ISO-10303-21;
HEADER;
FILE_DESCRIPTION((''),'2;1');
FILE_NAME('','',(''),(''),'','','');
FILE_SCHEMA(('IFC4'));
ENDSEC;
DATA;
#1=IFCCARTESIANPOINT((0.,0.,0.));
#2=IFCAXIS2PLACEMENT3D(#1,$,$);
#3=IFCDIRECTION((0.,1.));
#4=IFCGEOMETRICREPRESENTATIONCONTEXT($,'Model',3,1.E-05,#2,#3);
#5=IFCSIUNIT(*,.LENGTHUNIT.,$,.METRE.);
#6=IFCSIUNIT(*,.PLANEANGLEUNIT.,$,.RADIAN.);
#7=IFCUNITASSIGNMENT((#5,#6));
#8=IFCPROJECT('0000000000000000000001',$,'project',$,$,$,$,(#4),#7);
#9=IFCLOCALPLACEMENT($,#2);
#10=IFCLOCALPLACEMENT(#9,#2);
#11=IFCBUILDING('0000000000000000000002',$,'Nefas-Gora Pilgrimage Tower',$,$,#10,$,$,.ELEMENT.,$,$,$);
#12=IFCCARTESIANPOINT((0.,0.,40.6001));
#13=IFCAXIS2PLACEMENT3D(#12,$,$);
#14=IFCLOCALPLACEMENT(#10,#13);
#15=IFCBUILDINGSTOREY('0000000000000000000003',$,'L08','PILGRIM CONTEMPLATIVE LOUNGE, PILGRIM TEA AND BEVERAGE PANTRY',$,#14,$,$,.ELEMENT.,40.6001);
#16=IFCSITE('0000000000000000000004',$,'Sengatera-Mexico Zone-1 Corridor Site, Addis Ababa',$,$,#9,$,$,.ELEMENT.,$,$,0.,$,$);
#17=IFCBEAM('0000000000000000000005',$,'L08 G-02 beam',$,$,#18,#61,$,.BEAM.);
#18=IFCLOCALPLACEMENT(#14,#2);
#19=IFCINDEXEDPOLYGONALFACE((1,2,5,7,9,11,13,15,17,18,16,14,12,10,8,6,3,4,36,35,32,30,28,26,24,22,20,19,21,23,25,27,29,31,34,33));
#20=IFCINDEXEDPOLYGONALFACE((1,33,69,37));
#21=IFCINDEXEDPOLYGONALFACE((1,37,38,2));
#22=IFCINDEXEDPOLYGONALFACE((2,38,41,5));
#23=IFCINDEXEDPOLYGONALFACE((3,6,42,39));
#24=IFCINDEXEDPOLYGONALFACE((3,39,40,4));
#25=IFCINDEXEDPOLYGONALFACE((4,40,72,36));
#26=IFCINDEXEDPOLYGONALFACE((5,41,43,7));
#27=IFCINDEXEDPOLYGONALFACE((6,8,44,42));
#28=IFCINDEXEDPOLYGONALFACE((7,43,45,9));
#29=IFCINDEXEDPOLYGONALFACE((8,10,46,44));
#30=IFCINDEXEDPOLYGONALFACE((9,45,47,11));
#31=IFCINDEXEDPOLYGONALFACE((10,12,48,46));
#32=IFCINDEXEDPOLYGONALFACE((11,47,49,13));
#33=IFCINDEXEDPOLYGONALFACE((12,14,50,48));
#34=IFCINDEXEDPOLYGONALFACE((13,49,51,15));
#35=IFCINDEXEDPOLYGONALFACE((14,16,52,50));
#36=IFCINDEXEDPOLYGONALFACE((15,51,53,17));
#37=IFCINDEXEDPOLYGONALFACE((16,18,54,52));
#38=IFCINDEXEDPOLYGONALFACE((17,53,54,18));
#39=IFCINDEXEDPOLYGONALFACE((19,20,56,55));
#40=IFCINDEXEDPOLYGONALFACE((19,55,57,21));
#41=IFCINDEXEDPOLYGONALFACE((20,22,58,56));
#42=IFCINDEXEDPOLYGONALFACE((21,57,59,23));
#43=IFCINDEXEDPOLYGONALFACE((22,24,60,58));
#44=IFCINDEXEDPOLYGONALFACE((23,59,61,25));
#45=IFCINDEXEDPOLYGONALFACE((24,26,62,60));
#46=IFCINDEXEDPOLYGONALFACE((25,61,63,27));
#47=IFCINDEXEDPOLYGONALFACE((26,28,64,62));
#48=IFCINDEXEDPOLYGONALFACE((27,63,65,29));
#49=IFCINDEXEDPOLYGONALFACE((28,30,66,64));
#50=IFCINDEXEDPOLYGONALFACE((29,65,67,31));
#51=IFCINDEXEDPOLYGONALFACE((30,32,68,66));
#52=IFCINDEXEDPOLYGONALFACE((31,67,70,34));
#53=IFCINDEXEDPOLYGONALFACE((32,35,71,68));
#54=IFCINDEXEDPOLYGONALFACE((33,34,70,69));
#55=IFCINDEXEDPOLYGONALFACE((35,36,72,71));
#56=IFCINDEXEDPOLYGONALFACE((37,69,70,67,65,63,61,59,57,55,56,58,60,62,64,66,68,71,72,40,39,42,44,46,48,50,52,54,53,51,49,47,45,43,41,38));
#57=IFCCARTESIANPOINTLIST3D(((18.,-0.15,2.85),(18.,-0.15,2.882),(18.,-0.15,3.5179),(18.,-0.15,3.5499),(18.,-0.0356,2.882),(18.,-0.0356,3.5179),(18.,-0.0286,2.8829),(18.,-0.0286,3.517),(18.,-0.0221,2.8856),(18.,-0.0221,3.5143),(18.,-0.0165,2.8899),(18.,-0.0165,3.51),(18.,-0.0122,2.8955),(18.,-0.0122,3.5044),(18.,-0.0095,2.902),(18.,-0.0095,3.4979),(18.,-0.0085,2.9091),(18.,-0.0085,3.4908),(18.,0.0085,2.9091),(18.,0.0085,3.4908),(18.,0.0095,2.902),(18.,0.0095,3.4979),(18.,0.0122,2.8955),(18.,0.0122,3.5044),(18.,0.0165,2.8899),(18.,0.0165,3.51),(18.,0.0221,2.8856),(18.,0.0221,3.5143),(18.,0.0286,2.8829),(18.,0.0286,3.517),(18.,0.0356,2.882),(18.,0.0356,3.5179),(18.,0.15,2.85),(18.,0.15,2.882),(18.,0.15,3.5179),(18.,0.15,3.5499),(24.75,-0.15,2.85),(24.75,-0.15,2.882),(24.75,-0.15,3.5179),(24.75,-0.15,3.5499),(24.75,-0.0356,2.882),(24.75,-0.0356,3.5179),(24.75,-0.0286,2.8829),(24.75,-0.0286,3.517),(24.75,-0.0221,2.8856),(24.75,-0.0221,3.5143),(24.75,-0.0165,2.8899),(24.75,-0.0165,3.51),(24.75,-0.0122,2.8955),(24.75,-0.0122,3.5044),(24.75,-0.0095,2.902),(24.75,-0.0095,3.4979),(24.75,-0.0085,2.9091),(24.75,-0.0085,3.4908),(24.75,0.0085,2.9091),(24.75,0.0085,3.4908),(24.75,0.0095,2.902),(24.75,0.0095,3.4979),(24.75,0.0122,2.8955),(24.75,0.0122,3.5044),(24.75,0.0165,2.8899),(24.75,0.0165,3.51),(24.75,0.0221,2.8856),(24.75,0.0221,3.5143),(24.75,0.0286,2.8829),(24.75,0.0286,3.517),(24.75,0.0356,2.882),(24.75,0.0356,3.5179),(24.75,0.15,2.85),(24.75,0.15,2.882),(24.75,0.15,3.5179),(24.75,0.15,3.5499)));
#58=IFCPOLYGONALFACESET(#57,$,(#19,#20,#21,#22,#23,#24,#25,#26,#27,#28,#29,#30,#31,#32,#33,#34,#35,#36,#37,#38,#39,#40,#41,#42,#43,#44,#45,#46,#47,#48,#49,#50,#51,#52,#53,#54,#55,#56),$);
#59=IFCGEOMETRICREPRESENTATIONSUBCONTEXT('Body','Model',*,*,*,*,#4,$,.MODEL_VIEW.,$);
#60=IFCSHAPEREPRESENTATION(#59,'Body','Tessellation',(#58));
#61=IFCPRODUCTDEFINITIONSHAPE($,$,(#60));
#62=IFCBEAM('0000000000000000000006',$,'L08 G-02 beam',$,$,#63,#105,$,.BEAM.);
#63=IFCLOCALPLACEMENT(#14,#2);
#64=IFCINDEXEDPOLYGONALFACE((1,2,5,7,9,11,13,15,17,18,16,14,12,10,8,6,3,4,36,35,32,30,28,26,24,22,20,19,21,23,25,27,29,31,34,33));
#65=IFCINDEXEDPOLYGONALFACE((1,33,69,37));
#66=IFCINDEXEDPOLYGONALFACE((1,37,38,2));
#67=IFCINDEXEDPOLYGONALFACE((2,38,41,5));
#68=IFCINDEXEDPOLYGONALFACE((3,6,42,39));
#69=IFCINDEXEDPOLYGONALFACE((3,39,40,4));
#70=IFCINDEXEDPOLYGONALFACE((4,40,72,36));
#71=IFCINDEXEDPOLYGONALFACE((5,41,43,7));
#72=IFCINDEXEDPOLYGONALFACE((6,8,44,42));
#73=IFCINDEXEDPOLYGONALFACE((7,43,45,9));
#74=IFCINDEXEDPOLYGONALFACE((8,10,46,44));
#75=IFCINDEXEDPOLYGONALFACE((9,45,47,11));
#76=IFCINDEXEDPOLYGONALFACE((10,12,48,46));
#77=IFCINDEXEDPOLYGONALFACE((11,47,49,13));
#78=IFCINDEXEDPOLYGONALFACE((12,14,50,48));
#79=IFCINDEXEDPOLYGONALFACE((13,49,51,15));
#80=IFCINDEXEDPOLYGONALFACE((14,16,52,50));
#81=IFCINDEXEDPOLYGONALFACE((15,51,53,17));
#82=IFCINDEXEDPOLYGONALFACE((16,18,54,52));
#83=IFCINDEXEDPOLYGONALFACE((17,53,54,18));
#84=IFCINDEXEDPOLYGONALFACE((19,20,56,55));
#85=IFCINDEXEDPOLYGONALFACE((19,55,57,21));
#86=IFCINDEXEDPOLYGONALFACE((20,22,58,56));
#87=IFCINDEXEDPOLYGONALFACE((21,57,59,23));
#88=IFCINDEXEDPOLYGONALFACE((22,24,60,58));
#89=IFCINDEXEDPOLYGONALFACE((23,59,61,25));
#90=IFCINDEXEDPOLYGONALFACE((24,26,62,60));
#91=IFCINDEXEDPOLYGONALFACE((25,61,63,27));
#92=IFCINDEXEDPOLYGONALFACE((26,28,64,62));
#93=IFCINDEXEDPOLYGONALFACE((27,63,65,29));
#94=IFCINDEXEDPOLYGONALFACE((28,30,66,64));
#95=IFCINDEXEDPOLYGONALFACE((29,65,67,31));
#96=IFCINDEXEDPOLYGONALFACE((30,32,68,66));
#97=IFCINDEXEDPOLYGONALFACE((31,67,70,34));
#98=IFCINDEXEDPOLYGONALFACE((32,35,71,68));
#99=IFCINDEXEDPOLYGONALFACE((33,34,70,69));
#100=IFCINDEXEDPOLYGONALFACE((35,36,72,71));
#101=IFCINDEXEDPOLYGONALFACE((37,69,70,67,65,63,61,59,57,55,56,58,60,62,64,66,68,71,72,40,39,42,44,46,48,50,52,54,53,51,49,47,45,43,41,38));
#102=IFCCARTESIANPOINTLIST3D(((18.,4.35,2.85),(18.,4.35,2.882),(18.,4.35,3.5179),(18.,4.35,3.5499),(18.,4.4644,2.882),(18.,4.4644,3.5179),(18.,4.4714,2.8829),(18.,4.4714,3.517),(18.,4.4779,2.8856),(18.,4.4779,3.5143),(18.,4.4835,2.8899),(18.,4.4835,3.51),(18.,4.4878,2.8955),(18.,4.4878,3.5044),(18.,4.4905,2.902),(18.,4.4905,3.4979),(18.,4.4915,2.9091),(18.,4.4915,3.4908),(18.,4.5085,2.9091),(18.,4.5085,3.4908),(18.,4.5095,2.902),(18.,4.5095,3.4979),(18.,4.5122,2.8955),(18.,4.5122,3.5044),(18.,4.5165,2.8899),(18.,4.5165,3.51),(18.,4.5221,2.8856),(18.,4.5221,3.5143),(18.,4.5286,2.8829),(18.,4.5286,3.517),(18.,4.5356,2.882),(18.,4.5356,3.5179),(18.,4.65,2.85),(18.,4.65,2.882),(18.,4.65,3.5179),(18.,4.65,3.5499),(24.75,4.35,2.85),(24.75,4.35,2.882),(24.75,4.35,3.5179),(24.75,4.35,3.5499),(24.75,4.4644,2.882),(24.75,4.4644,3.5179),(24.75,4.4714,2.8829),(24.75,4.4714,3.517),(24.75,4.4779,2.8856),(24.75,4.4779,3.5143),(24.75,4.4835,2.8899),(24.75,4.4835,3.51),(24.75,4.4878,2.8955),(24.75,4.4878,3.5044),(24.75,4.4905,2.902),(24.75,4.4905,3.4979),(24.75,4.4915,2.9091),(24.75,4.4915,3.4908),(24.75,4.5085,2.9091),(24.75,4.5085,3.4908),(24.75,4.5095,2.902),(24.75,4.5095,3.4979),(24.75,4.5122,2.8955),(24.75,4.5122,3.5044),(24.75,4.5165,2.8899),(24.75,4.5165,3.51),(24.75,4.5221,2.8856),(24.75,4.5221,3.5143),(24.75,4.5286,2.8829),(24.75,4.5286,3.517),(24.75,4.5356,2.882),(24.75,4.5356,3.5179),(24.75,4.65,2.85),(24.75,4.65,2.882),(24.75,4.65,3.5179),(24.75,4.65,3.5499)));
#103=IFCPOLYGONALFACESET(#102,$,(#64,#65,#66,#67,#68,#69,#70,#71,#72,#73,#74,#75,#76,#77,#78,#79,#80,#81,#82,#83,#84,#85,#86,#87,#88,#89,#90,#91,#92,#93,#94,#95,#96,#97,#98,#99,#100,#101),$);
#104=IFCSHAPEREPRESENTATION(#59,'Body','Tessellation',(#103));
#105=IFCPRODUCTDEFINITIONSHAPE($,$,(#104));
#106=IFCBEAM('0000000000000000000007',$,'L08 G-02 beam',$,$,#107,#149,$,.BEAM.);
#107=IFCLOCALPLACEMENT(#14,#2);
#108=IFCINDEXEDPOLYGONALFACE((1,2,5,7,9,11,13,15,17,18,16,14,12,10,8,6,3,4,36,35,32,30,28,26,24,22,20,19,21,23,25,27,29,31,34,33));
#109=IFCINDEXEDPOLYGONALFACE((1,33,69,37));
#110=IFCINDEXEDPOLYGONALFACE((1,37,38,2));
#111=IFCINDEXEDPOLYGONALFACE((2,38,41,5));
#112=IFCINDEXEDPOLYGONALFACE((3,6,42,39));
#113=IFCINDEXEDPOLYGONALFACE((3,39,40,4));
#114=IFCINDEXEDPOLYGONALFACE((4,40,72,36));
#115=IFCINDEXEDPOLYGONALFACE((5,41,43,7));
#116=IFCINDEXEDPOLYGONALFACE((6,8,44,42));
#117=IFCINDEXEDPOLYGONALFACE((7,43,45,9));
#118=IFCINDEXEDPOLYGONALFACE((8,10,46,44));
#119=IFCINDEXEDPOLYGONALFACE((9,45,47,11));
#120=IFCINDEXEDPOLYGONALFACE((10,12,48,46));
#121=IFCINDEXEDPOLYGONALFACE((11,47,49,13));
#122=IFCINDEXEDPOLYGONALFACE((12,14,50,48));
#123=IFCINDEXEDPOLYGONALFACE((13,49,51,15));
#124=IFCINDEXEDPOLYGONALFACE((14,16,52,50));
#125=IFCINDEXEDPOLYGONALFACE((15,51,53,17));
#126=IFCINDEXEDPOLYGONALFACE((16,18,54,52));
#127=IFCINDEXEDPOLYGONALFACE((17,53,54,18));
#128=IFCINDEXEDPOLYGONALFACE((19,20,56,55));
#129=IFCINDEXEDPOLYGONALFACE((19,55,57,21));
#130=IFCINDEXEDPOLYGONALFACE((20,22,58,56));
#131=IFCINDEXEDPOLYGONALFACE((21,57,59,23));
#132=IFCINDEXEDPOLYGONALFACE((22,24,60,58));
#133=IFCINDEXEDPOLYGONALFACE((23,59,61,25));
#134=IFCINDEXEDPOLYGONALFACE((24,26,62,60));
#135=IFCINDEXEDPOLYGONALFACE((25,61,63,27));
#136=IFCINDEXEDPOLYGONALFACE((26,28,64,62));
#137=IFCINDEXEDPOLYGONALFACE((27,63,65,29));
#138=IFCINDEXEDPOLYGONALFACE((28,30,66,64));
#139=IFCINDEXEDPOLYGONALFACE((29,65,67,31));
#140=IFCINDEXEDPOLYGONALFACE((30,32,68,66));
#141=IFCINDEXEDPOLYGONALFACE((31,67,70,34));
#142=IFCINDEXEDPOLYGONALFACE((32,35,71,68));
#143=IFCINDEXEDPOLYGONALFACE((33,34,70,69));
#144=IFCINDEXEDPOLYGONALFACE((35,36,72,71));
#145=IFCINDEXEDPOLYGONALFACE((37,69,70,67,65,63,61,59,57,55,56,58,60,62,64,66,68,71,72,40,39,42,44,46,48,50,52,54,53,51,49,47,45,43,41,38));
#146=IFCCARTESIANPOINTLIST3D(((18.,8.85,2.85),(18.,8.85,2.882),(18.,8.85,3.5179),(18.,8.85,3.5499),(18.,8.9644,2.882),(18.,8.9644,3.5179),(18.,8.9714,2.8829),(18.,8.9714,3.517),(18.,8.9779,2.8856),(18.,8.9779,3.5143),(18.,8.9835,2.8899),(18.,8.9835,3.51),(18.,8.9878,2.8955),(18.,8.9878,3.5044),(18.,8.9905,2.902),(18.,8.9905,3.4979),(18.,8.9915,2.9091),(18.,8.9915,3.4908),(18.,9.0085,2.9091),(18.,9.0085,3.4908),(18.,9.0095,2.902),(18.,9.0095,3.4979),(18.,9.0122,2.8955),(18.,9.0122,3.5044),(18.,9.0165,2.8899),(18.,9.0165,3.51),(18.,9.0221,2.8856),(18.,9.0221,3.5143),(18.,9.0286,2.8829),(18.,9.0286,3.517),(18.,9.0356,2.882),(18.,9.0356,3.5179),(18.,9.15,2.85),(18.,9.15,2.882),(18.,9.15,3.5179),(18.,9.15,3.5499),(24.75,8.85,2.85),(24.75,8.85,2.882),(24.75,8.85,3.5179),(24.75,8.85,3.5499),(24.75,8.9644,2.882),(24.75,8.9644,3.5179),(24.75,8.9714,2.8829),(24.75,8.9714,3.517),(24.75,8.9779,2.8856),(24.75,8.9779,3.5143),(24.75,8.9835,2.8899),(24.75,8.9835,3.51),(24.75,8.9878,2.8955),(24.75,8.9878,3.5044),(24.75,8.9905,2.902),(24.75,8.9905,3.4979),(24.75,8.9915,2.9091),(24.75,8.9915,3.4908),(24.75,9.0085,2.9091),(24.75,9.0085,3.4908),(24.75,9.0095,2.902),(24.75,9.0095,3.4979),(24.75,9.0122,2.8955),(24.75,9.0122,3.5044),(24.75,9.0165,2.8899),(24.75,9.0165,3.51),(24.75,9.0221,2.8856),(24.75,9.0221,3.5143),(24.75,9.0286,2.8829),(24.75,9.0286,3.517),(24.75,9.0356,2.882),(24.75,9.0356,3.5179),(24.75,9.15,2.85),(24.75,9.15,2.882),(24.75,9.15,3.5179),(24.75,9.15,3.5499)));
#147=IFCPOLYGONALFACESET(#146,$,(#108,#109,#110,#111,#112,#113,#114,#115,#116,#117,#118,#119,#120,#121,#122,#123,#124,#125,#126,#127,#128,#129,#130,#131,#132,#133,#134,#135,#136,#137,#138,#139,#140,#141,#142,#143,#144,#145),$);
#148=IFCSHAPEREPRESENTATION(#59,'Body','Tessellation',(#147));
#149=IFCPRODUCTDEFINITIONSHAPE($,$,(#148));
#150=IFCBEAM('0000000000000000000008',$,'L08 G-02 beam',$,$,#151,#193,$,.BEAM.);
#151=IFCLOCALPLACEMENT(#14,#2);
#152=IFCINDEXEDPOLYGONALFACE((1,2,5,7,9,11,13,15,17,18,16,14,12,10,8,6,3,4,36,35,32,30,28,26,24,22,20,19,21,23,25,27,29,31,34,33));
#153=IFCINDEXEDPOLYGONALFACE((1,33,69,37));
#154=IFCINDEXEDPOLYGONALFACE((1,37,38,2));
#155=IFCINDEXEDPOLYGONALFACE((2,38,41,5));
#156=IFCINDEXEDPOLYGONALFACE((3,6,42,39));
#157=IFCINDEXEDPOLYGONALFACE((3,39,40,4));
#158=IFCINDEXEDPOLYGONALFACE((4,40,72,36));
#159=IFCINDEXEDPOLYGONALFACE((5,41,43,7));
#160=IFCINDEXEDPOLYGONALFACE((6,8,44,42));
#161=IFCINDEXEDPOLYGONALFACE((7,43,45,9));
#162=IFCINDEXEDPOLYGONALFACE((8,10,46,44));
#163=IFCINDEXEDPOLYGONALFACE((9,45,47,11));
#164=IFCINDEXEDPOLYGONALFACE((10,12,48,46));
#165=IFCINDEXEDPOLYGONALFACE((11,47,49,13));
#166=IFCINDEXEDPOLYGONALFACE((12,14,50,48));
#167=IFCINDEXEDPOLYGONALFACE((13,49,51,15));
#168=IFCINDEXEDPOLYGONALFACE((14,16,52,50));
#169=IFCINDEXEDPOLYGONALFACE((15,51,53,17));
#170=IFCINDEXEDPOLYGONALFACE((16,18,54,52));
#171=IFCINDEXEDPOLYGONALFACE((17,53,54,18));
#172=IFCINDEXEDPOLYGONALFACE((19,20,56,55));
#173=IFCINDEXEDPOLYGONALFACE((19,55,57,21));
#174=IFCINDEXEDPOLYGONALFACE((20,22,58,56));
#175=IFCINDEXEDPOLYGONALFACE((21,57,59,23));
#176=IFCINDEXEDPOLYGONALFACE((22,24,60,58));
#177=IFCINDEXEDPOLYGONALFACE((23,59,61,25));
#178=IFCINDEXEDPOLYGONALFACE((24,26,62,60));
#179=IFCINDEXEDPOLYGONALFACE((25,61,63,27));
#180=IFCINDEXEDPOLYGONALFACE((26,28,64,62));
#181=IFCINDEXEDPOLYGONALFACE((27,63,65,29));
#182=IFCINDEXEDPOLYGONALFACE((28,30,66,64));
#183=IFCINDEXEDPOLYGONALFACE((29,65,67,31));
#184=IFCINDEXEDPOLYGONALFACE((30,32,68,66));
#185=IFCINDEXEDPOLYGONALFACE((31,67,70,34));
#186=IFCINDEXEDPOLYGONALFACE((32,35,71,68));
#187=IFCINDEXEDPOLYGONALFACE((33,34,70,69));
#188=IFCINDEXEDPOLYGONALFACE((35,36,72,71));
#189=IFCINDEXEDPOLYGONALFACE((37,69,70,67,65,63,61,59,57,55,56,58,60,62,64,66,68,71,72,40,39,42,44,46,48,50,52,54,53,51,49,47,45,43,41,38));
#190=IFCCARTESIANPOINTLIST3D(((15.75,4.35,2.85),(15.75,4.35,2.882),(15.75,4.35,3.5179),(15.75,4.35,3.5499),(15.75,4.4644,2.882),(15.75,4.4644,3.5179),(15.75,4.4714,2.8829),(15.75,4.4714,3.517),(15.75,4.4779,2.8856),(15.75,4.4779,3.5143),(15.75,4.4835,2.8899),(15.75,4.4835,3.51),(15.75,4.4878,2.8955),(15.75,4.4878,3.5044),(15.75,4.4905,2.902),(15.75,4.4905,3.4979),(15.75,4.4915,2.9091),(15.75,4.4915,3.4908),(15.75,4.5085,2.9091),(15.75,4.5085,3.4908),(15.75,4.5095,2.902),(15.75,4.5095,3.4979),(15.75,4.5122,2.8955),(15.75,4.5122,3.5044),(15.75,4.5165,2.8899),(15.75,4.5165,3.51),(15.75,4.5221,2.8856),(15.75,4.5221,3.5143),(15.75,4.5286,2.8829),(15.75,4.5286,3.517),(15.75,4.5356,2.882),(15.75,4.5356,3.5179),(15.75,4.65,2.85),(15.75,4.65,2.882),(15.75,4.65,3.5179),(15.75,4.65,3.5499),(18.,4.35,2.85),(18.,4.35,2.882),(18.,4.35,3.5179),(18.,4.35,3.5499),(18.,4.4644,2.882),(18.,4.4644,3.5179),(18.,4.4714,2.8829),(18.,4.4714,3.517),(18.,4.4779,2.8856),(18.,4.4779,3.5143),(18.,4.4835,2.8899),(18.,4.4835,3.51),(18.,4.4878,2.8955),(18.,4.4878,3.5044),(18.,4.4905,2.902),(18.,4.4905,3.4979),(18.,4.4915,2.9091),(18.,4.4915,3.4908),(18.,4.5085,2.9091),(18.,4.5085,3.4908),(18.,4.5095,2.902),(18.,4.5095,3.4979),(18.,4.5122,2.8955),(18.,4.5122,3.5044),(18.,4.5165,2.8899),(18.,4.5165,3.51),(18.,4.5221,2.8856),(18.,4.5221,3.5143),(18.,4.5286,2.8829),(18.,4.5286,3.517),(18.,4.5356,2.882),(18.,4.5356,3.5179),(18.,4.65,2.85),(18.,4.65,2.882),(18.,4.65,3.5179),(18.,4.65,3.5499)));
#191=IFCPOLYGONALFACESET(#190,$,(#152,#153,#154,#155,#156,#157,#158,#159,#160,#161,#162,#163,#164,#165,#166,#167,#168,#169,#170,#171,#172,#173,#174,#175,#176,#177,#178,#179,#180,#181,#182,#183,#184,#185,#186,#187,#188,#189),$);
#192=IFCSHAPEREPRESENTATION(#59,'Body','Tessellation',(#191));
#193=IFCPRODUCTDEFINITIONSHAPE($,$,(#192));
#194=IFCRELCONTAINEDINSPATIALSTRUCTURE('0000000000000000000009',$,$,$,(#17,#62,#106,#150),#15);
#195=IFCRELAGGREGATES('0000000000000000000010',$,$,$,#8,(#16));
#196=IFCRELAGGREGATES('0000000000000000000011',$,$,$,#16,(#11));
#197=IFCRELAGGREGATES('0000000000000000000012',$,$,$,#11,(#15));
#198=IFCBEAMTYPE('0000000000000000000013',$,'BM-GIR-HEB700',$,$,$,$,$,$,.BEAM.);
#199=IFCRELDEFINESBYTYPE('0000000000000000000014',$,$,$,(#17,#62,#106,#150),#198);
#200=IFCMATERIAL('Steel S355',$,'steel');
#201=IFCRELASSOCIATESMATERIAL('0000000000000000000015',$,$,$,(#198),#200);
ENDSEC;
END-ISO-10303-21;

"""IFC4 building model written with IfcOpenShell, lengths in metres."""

from ifc_helpers import new_model, si_unit, direction, frame, origin, origin_2d, place, context, subcontext, project, spatial, i_section, extrude, source, transform, mapped, material, material_profile, profile_set, type_object, element, save


model = new_model("IFC4")

# Units and contexts
model_context = context("Model", 3, precision=1e-05, world=origin(), true_north=direction((0.0, 1.0)))
body_context = subcontext(model_context, "Body", "Model", "MODEL_VIEW")
ifc_project = project(units=[si_unit("LENGTHUNIT", "METRE"), si_unit("PLANEANGLEUNIT", "RADIAN")], contexts=[model_context])

# Site, building, storey
site_placement = place(None, origin())
site = spatial("IfcSite", under=ifc_project, at=site_placement, Name="Sengatera-Mexico Zone-1 Corridor Site, Addis Ababa", CompositionType="ELEMENT", RefElevation=0.0)
building_placement = place(site_placement, origin())
building = spatial("IfcBuilding", under=site, at=building_placement, Name="Nefas-Gora Pilgrimage Tower", CompositionType="ELEMENT")
storey_placement = place(building_placement, frame((0.0, 0.0, 40.6001)))
storey = spatial("IfcBuildingStorey", under=building, at=storey_placement, Name="L08", Description="PILGRIM CONTEMPLATIVE LOUNGE, PILGRIM TEA AND BEVERAGE PANTRY", CompositionType="ELEMENT", Elevation=40.6001)

# Beams
ifc_material_1 = material(Name="Steel S355", Category="steel")
ifc_material_profile_1 = material_profile(ifc_material_1, i_section(OverallWidth=0.3, OverallDepth=0.7, WebThickness=0.0171, FlangeThickness=0.032, FilletRadius=0.0271, at=origin_2d()), Name="HEB 700")
ifc_profile_set_1 = profile_set([ifc_material_profile_1], Name="Steel S355")
beam_type_1 = type_object("IfcBeamType", Name="BM-GIR-HEB700", PredefinedType="BEAM", material=ifc_profile_set_1)
shared_shape_1 = source(origin(), body_context, "Body", "SweptSolid", [
    extrude(i_section(OverallWidth=0.3, OverallDepth=0.7, WebThickness=0.0171, FlangeThickness=0.032, FilletRadius=0.0271, at=origin_2d()), origin(), (0.0, 0.0, 1.0), 6.75),
])
for number, where, z_axis, x_axis, name in (
    (1, (18.0, 0.0, 3.2), (1.0, 0.0, 0.0), (0.0, 1.0, 0.0), "L08 G-02 beam"),
    (2, (18.0, 4.5, 3.2), (1.0, 0.0, 0.0), (0.0, 1.0, 0.0), "L08 G-02 beam"),
    (3, (18.0, 9.0, 3.2), (1.0, 0.0, 0.0), (0.0, 1.0, 0.0), "L08 G-02 beam"),
):
    element("IfcBeam", number, at=place(storey_placement, frame(where, z_axis=z_axis, x_axis=x_axis)), inside=storey, type_object=beam_type_1, Name=name, PredefinedType="BEAM", context=body_context, shape_type="MappedRepresentation", body=[
        mapped(shared_shape_1, transform((0.0, 0.0, 0.0), x_axis=(1.0, 0.0, 0.0), y_axis=(0.0, 1.0, 0.0), z_axis=(0.0, 0.0, 1.0), scale=1.0)),
    ])
shared_shape_2 = source(origin(), body_context, "Body", "SweptSolid", [
    extrude(i_section(OverallWidth=0.3, OverallDepth=0.7, WebThickness=0.0171, FlangeThickness=0.032, FilletRadius=0.0271, at=origin_2d()), origin(), (0.0, 0.0, 1.0), 2.25),
])
for number, where, z_axis, x_axis, name in (
    (4, (15.75, 4.5, 3.2), (1.0, 0.0, 0.0), (0.0, 1.0, 0.0), "L08 G-02 beam"),
):
    element("IfcBeam", number, at=place(storey_placement, frame(where, z_axis=z_axis, x_axis=x_axis)), inside=storey, type_object=beam_type_1, Name=name, PredefinedType="BEAM", context=body_context, shape_type="MappedRepresentation", body=[
        mapped(shared_shape_2, transform((0.0, 0.0, 0.0), x_axis=(1.0, 0.0, 0.0), y_axis=(0.0, 1.0, 0.0), z_axis=(0.0, 0.0, 1.0), scale=1.0)),
    ])

save(model, "model.ifc")
